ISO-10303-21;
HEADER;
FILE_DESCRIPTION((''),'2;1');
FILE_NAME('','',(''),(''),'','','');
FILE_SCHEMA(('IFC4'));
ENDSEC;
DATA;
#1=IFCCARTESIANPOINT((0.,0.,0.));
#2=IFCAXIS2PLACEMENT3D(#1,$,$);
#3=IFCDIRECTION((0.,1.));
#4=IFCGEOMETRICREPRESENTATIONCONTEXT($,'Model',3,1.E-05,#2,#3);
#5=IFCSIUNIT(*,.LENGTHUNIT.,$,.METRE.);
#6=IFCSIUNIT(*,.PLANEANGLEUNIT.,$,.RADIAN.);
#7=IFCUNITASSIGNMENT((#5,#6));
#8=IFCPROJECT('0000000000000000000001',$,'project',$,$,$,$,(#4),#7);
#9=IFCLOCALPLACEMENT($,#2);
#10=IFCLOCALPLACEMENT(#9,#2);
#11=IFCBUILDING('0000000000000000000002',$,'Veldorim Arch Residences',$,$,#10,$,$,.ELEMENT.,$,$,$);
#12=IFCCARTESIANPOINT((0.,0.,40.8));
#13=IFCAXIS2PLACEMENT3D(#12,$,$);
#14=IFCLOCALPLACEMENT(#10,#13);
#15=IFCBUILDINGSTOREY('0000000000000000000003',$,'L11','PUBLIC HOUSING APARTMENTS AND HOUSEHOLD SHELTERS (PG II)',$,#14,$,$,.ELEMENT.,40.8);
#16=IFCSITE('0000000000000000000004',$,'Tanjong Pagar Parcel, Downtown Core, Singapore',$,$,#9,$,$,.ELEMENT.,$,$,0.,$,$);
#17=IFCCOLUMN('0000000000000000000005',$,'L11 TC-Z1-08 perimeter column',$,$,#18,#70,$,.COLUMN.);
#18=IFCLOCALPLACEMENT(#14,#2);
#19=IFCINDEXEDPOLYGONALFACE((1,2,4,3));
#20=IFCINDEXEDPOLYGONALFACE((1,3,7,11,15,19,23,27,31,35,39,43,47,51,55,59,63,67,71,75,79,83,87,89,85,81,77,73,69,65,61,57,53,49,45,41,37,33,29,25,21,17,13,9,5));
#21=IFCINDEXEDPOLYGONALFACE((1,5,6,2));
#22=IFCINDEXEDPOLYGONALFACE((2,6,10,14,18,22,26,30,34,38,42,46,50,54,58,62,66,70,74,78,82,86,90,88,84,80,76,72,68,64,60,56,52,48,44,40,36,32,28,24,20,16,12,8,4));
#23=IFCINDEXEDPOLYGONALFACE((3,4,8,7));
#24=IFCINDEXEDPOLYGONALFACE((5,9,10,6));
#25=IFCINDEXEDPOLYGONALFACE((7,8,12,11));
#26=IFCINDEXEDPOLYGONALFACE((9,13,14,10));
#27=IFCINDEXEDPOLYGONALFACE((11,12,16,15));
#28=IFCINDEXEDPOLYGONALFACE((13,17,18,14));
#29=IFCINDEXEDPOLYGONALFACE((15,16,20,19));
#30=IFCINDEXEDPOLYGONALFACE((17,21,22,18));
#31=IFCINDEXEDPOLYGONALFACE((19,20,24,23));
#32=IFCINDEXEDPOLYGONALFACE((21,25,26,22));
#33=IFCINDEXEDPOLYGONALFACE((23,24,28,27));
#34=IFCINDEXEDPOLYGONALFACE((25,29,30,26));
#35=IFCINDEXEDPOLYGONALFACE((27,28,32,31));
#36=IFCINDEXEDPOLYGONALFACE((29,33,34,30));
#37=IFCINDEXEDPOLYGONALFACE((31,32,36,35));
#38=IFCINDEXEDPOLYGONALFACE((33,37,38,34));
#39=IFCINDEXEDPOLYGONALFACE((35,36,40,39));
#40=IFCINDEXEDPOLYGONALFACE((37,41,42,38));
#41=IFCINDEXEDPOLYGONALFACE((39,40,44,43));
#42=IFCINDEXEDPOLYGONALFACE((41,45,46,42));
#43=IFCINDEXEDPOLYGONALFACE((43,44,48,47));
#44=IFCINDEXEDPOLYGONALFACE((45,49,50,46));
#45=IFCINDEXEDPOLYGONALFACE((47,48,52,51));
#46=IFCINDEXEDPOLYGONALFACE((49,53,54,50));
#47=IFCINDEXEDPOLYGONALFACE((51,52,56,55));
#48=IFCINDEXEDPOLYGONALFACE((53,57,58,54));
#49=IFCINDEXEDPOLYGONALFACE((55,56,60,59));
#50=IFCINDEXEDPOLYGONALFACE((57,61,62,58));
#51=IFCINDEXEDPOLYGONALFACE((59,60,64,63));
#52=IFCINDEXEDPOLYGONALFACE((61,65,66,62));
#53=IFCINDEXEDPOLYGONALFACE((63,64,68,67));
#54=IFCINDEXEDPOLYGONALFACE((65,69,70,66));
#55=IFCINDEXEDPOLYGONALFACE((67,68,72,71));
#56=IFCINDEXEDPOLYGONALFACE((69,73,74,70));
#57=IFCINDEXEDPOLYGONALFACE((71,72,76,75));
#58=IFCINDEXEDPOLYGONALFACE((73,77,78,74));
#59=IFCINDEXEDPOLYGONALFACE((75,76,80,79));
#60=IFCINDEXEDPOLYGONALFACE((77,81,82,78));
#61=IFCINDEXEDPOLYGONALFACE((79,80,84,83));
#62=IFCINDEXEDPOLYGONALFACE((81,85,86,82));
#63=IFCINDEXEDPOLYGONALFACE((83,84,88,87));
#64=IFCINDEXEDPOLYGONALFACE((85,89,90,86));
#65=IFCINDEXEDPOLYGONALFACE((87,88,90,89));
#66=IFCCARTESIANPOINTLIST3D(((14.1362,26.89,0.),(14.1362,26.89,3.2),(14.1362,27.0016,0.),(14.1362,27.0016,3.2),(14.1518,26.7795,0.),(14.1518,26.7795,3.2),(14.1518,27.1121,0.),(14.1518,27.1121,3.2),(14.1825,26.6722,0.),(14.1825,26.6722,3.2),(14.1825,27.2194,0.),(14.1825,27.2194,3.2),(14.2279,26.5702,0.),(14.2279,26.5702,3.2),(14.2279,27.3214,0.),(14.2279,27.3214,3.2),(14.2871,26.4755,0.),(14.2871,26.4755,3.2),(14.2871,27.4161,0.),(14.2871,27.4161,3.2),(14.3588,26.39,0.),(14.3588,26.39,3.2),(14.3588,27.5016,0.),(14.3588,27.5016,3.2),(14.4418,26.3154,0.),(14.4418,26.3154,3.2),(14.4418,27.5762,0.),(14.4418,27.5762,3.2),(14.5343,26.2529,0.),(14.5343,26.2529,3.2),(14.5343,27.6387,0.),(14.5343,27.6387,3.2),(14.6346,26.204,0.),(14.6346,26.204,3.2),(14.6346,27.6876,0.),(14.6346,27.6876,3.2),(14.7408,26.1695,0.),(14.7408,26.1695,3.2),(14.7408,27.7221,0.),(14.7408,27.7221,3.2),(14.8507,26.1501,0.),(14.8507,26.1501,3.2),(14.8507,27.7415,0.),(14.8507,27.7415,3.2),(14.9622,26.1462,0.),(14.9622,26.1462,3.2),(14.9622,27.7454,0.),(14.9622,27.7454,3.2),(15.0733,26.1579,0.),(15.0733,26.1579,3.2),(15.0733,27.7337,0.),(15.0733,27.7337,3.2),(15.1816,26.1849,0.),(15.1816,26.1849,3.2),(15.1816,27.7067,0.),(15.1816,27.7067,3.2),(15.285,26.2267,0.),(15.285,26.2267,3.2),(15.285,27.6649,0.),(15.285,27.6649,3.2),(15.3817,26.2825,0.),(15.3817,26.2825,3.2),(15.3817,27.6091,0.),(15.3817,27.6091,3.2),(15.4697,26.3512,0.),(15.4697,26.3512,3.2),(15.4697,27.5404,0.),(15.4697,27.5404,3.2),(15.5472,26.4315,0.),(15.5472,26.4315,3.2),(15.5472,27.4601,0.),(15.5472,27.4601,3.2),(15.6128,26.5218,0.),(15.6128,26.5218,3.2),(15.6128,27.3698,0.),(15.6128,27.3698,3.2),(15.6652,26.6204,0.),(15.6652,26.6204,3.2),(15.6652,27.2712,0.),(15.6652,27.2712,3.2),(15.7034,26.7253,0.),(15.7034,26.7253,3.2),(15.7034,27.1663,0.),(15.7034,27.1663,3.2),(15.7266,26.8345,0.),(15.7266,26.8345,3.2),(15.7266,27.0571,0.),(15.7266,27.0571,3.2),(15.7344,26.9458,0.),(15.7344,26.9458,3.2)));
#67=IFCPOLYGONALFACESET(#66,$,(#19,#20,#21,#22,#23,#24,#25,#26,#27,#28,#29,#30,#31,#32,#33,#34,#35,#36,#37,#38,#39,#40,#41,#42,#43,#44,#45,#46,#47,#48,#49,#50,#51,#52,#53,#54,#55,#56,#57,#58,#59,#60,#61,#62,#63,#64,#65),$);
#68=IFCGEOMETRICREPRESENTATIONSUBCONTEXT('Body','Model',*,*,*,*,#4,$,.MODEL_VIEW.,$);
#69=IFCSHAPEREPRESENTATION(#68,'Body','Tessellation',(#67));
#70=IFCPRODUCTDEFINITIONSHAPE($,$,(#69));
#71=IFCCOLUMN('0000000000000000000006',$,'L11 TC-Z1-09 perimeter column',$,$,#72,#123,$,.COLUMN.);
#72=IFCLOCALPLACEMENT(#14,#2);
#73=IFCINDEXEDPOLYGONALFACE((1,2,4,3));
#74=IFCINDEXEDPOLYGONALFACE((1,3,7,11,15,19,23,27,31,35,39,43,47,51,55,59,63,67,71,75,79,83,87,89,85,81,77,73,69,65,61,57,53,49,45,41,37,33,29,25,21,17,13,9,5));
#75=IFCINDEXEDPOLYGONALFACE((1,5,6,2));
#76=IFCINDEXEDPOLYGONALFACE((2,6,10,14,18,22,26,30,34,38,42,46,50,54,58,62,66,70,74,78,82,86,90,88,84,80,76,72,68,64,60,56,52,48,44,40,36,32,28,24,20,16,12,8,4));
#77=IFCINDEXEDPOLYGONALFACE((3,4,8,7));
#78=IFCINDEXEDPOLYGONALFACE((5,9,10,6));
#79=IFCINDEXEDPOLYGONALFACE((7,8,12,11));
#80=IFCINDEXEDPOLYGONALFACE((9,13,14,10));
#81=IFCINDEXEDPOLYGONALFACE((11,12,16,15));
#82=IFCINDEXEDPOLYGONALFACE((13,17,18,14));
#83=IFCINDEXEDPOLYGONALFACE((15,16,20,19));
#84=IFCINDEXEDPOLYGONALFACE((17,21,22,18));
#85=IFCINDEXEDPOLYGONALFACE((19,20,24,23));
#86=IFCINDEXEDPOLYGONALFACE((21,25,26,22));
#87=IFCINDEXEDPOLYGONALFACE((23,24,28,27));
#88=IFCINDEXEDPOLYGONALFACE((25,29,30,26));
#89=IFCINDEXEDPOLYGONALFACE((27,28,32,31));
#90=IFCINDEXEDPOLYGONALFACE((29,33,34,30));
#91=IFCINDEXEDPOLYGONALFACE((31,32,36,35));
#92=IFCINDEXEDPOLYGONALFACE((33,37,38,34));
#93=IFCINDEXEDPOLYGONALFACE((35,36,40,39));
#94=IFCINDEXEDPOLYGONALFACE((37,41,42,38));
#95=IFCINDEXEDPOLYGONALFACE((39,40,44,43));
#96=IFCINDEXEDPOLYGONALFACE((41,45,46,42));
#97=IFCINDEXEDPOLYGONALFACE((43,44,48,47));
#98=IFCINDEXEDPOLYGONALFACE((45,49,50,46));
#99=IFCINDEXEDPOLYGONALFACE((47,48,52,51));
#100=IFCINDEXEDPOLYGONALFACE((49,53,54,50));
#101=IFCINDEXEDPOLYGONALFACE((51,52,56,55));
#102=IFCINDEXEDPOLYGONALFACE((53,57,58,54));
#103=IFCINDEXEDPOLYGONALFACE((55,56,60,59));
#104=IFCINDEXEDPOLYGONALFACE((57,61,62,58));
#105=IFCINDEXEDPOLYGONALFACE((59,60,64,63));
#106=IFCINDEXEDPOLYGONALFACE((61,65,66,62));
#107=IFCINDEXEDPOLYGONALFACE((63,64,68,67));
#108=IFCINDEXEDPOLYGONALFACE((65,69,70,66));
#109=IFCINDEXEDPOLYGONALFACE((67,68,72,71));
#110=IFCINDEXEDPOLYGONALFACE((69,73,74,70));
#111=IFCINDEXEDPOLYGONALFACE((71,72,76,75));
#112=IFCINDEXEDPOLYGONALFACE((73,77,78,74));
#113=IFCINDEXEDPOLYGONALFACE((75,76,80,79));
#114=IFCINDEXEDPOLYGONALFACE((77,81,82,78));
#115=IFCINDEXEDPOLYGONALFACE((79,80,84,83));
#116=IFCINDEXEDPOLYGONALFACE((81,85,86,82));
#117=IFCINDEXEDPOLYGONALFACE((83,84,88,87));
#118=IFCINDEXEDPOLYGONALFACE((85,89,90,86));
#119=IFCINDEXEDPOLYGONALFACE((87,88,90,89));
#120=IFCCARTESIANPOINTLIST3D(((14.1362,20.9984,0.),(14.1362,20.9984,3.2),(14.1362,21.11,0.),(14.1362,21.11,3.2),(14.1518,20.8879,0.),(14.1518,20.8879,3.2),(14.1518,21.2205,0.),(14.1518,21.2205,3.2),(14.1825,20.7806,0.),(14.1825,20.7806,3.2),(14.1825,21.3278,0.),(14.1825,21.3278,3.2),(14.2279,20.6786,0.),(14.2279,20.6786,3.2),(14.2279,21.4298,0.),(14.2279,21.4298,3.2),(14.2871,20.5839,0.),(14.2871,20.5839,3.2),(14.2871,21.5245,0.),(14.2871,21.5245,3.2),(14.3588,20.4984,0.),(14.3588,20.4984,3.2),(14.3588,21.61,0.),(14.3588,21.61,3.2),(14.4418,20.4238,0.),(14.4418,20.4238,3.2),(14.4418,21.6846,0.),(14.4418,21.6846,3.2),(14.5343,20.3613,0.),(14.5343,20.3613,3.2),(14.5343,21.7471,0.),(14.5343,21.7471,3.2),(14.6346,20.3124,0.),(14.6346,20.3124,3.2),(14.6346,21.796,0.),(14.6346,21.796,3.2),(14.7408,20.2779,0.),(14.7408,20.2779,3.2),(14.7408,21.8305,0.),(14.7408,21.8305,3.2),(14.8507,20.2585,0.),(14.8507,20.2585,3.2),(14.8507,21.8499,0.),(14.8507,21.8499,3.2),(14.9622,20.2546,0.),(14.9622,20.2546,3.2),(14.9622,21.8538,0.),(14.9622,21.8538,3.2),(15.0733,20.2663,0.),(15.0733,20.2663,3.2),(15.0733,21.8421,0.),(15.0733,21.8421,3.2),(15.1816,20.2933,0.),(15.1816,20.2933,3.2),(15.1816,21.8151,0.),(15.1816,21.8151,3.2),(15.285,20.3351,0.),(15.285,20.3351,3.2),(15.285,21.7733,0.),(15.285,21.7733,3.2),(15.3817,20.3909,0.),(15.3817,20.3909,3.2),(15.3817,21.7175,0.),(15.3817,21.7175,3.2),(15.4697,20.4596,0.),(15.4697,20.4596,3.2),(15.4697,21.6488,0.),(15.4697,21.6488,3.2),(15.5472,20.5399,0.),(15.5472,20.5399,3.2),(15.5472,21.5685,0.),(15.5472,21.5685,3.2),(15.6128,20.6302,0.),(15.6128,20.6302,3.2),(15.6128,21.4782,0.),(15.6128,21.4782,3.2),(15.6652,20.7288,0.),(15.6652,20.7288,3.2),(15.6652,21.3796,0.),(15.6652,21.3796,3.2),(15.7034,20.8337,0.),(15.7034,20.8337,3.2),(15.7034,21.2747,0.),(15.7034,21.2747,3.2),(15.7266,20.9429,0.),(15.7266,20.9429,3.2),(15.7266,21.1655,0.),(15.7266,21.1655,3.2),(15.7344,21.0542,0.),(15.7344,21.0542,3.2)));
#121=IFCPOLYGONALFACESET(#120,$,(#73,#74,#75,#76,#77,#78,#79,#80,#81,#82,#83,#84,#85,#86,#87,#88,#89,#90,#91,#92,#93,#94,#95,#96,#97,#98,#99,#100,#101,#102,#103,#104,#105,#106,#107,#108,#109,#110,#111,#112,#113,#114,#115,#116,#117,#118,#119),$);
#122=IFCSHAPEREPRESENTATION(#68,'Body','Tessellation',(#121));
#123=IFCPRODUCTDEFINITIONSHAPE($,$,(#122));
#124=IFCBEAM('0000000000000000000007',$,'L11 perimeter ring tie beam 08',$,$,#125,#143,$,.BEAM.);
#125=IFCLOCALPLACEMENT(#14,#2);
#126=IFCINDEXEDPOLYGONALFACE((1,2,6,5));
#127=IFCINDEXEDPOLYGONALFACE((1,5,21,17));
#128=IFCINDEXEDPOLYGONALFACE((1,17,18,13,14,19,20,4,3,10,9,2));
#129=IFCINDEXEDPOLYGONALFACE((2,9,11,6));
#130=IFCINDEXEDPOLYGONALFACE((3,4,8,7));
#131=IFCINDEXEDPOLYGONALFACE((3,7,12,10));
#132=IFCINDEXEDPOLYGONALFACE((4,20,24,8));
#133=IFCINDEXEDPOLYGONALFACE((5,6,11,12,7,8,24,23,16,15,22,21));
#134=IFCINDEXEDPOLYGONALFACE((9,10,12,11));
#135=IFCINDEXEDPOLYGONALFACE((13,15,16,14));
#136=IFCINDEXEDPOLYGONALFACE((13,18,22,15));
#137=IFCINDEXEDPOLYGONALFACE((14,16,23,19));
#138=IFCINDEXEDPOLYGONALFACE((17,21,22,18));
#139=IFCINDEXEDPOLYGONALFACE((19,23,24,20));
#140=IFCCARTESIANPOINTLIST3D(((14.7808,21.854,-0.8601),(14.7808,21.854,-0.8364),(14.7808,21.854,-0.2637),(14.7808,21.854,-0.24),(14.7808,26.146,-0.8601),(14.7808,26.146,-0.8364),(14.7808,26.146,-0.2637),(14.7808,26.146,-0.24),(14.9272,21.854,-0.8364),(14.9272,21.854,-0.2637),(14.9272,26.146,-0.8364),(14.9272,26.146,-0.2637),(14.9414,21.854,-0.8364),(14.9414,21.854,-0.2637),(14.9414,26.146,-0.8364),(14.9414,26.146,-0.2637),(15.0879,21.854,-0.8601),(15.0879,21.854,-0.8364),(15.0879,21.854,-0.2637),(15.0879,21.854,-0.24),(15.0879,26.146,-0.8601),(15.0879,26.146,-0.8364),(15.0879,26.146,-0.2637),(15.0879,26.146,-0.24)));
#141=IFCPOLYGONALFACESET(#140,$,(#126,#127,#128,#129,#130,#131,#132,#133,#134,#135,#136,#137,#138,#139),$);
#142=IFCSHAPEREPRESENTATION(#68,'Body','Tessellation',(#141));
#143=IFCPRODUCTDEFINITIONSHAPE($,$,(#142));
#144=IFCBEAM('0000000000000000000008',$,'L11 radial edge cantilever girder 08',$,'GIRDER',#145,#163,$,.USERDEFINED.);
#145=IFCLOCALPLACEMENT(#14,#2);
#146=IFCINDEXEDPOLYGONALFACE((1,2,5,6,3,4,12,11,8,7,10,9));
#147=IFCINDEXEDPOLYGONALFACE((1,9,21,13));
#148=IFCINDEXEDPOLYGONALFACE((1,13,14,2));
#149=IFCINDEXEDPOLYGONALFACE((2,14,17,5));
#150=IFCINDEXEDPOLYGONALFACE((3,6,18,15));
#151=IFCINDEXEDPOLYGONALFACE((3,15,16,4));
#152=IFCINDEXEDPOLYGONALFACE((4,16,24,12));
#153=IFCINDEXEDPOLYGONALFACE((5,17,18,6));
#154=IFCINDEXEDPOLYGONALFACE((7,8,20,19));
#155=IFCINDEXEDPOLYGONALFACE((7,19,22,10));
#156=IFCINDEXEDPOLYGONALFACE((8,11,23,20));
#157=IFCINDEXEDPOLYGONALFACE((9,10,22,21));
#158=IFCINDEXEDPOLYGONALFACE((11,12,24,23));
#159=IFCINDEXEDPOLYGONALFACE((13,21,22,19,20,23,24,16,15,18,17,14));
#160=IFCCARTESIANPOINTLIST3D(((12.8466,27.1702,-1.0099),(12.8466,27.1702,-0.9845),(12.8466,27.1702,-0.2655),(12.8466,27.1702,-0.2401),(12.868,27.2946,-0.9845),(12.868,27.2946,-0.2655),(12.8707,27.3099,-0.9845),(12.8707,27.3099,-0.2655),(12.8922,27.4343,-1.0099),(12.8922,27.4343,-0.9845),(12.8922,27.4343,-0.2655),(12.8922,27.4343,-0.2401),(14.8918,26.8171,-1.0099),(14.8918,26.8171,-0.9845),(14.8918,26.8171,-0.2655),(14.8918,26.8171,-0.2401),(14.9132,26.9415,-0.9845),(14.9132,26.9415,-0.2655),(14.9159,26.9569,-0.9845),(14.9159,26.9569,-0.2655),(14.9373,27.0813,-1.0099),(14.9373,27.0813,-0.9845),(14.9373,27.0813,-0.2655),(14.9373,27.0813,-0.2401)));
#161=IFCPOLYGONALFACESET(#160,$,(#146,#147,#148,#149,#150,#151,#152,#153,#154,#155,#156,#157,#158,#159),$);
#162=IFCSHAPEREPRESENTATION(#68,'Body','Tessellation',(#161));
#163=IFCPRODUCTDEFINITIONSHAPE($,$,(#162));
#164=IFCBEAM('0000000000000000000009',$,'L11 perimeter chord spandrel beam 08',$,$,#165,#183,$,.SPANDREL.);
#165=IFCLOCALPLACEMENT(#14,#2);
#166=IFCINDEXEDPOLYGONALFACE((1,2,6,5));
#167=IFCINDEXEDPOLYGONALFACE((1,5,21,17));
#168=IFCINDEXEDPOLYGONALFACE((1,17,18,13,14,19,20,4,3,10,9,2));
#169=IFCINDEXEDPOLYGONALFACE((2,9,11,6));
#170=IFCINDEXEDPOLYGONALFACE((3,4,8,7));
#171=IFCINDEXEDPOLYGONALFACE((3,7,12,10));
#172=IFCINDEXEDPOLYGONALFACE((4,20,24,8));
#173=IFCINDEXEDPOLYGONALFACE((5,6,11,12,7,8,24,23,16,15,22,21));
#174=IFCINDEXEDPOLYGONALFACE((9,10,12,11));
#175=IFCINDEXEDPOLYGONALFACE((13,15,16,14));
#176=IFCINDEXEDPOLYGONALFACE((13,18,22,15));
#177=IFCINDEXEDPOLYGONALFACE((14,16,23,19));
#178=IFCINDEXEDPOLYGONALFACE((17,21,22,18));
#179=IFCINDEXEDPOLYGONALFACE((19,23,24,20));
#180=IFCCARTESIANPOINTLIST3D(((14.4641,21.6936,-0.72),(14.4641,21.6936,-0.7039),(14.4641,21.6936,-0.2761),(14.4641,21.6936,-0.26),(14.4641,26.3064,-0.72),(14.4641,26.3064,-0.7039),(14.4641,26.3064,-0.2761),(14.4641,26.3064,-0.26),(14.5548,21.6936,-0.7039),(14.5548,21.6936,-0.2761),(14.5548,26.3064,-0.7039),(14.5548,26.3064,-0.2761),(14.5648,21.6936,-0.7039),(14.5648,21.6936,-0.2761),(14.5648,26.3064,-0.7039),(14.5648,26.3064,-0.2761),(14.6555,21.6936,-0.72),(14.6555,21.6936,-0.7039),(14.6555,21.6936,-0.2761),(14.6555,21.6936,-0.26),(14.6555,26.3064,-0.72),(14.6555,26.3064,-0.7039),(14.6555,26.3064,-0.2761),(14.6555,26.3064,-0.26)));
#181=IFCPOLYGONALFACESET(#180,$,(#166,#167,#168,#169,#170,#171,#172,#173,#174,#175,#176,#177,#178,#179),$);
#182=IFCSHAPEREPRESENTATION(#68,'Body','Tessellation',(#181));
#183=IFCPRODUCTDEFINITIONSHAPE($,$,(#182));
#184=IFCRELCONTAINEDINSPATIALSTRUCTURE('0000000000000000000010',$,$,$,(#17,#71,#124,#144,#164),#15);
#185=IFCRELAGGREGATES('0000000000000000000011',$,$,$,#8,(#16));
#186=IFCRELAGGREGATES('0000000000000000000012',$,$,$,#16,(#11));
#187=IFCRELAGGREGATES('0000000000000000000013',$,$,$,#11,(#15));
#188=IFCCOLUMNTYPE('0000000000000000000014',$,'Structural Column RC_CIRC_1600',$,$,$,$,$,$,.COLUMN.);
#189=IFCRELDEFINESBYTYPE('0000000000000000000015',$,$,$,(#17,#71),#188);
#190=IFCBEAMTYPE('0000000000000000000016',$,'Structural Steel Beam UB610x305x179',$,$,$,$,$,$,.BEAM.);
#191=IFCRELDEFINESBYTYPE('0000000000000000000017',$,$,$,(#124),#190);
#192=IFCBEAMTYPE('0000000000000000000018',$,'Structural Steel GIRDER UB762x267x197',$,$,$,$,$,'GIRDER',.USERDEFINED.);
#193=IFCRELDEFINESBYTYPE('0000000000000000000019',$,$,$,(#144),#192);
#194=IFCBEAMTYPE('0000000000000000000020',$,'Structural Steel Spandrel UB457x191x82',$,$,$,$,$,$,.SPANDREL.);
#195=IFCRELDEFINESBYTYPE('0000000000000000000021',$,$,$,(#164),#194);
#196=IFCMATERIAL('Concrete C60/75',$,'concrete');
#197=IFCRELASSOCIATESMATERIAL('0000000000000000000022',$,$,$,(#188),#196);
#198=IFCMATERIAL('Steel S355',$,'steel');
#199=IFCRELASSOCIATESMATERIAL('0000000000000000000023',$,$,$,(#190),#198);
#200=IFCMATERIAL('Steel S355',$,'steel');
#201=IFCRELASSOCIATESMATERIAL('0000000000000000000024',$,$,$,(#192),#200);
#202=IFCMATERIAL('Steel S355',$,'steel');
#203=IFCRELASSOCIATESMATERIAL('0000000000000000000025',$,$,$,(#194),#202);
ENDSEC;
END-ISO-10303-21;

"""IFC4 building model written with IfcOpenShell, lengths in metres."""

from ifc_helpers import new_model, si_unit, direction, frame, origin, origin_2d, place, context, subcontext, project, spatial, circle, i_section, extrude, material, material_profile, profile_set, type_object, element, save


model = new_model("IFC4")

# Units and contexts
model_context = context("Model", 3, precision=1e-05, world=origin(), true_north=direction((0.0, 1.0)))
body_context = subcontext(model_context, "Body", "Model", "MODEL_VIEW")
ifc_project = project(units=[si_unit("LENGTHUNIT", "METRE"), si_unit("PLANEANGLEUNIT", "RADIAN")], contexts=[model_context])

# Site, building, storey
site_placement = place(None, origin())
site = spatial("IfcSite", under=ifc_project, at=site_placement, Name="Tanjong Pagar Parcel, Downtown Core, Singapore", CompositionType="ELEMENT", RefElevation=0.0)
building_placement = place(site_placement, origin())
building = spatial("IfcBuilding", under=site, at=building_placement, Name="Veldorim Arch Residences", CompositionType="ELEMENT")
storey_placement = place(building_placement, frame((0.0, 0.0, 40.8)))
storey = spatial("IfcBuildingStorey", under=building, at=storey_placement, Name="L11", Description="PUBLIC HOUSING APARTMENTS AND HOUSEHOLD SHELTERS (PG II)", CompositionType="ELEMENT", Elevation=40.8)

# Columns
ifc_material_1 = material(Name="Concrete C60/75", Category="concrete")
ifc_material_profile_1 = material_profile(ifc_material_1, circle(Radius=0.8, at=origin_2d()), Name="RC_CIRC_1600")
ifc_profile_set_1 = profile_set([ifc_material_profile_1], Name="Concrete C60/75")
column_type = type_object("IfcColumnType", Name="Structural Column RC_CIRC_1600", PredefinedType="COLUMN", material=ifc_profile_set_1)
for number, where, z_axis, x_axis, name in (
    (1, (14.9343, 26.9458, 0.0), (0.0, 0.0, 1.0), (1.0, 0.0, 0.0), "L11 TC-Z1-08 perimeter column"),
    (2, (14.9343, 21.0542, 0.0), (0.0, 0.0, 1.0), (1.0, 0.0, 0.0), "L11 TC-Z1-09 perimeter column"),
):
    element("IfcColumn", number, at=place(storey_placement, frame(where, z_axis=z_axis, x_axis=x_axis)), inside=storey, type_object=column_type, Name=name, PredefinedType="COLUMN", context=body_context, shape_type="SweptSolid", body=[
        extrude(circle(Radius=0.8, at=origin_2d()), origin(), (0.0, 0.0, 1.0), 3.2),
    ])

# Beams
ifc_material_2 = material(Name="Steel S355", Category="steel")
ifc_material_profile_2 = material_profile(ifc_material_2, i_section(OverallWidth=0.3071, OverallDepth=0.6201, WebThickness=0.0142, FlangeThickness=0.0237, at=origin_2d()), Name="UB610x305x179")
ifc_profile_set_2 = profile_set([ifc_material_profile_2], Name="Steel S355")
beam_type_1 = type_object("IfcBeamType", Name="Structural Steel Beam UB610x305x179", PredefinedType="BEAM", material=ifc_profile_set_2)
beam_1_placement = place(storey_placement, frame((14.9343, 26.146, -0.55), z_axis=(0.0, -1.0, 0.0), x_axis=(1.0, 0.0, 0.0)))
element("IfcBeam", 3, at=beam_1_placement, inside=storey, type_object=beam_type_1, Name="L11 perimeter ring tie beam 08", PredefinedType="BEAM", context=body_context, shape_type="SweptSolid", body=[
    extrude(i_section(OverallWidth=0.3071, OverallDepth=0.6201, WebThickness=0.0142, FlangeThickness=0.0237, at=origin_2d()), origin(), (0.0, 0.0, 1.0), 4.292),
])
ifc_material_3 = material(Name="Steel S355", Category="steel")
ifc_material_profile_3 = material_profile(ifc_material_3, i_section(OverallWidth=0.2681, OverallDepth=0.7698, WebThickness=0.0156, FlangeThickness=0.0254, at=origin_2d()), Name="UB762x267x197")
ifc_profile_set_3 = profile_set([ifc_material_profile_3], Name="Steel S355")
beam_type_2 = type_object("IfcBeamType", Name="Structural Steel GIRDER UB762x267x197", ElementType="GIRDER", PredefinedType="USERDEFINED", material=ifc_profile_set_3)
beam_2_placement = place(storey_placement, frame((14.9146, 26.9492, -0.625), z_axis=(-0.985427, 0.1701, 0.0), x_axis=(-0.1701, -0.985427, 0.0)))
element("IfcBeam", 4, at=beam_2_placement, inside=storey, type_object=beam_type_2, Name="L11 radial edge cantilever girder 08", ObjectType="GIRDER", PredefinedType="USERDEFINED", context=body_context, shape_type="SweptSolid", body=[
    extrude(i_section(OverallWidth=0.2681, OverallDepth=0.7698, WebThickness=0.0156, FlangeThickness=0.0254, at=origin_2d()), origin(), (0.0, 0.0, 1.0), 2.0754),
])
ifc_material_4 = material(Name="Steel S355", Category="steel")
ifc_material_profile_4 = material_profile(ifc_material_4, i_section(OverallWidth=0.1914, OverallDepth=0.46, WebThickness=0.01, FlangeThickness=0.0161, at=origin_2d()), Name="UB457x191x82")
ifc_profile_set_4 = profile_set([ifc_material_profile_4], Name="Steel S355")
beam_type_3 = type_object("IfcBeamType", Name="Structural Steel Spandrel UB457x191x82", PredefinedType="SPANDREL", material=ifc_profile_set_4)
beam_3_placement = place(storey_placement, frame((14.5598, 26.3064, -0.49), z_axis=(0.0, -1.0, 0.0), x_axis=(1.0, 0.0, 0.0)))
element("IfcBeam", 5, at=beam_3_placement, inside=storey, type_object=beam_type_3, Name="L11 perimeter chord spandrel beam 08", PredefinedType="SPANDREL", context=body_context, shape_type="SweptSolid", body=[
    extrude(i_section(OverallWidth=0.1914, OverallDepth=0.46, WebThickness=0.01, FlangeThickness=0.0161, at=origin_2d()), origin(), (0.0, 0.0, 1.0), 4.6128),
])

save(model, "model.ifc")
